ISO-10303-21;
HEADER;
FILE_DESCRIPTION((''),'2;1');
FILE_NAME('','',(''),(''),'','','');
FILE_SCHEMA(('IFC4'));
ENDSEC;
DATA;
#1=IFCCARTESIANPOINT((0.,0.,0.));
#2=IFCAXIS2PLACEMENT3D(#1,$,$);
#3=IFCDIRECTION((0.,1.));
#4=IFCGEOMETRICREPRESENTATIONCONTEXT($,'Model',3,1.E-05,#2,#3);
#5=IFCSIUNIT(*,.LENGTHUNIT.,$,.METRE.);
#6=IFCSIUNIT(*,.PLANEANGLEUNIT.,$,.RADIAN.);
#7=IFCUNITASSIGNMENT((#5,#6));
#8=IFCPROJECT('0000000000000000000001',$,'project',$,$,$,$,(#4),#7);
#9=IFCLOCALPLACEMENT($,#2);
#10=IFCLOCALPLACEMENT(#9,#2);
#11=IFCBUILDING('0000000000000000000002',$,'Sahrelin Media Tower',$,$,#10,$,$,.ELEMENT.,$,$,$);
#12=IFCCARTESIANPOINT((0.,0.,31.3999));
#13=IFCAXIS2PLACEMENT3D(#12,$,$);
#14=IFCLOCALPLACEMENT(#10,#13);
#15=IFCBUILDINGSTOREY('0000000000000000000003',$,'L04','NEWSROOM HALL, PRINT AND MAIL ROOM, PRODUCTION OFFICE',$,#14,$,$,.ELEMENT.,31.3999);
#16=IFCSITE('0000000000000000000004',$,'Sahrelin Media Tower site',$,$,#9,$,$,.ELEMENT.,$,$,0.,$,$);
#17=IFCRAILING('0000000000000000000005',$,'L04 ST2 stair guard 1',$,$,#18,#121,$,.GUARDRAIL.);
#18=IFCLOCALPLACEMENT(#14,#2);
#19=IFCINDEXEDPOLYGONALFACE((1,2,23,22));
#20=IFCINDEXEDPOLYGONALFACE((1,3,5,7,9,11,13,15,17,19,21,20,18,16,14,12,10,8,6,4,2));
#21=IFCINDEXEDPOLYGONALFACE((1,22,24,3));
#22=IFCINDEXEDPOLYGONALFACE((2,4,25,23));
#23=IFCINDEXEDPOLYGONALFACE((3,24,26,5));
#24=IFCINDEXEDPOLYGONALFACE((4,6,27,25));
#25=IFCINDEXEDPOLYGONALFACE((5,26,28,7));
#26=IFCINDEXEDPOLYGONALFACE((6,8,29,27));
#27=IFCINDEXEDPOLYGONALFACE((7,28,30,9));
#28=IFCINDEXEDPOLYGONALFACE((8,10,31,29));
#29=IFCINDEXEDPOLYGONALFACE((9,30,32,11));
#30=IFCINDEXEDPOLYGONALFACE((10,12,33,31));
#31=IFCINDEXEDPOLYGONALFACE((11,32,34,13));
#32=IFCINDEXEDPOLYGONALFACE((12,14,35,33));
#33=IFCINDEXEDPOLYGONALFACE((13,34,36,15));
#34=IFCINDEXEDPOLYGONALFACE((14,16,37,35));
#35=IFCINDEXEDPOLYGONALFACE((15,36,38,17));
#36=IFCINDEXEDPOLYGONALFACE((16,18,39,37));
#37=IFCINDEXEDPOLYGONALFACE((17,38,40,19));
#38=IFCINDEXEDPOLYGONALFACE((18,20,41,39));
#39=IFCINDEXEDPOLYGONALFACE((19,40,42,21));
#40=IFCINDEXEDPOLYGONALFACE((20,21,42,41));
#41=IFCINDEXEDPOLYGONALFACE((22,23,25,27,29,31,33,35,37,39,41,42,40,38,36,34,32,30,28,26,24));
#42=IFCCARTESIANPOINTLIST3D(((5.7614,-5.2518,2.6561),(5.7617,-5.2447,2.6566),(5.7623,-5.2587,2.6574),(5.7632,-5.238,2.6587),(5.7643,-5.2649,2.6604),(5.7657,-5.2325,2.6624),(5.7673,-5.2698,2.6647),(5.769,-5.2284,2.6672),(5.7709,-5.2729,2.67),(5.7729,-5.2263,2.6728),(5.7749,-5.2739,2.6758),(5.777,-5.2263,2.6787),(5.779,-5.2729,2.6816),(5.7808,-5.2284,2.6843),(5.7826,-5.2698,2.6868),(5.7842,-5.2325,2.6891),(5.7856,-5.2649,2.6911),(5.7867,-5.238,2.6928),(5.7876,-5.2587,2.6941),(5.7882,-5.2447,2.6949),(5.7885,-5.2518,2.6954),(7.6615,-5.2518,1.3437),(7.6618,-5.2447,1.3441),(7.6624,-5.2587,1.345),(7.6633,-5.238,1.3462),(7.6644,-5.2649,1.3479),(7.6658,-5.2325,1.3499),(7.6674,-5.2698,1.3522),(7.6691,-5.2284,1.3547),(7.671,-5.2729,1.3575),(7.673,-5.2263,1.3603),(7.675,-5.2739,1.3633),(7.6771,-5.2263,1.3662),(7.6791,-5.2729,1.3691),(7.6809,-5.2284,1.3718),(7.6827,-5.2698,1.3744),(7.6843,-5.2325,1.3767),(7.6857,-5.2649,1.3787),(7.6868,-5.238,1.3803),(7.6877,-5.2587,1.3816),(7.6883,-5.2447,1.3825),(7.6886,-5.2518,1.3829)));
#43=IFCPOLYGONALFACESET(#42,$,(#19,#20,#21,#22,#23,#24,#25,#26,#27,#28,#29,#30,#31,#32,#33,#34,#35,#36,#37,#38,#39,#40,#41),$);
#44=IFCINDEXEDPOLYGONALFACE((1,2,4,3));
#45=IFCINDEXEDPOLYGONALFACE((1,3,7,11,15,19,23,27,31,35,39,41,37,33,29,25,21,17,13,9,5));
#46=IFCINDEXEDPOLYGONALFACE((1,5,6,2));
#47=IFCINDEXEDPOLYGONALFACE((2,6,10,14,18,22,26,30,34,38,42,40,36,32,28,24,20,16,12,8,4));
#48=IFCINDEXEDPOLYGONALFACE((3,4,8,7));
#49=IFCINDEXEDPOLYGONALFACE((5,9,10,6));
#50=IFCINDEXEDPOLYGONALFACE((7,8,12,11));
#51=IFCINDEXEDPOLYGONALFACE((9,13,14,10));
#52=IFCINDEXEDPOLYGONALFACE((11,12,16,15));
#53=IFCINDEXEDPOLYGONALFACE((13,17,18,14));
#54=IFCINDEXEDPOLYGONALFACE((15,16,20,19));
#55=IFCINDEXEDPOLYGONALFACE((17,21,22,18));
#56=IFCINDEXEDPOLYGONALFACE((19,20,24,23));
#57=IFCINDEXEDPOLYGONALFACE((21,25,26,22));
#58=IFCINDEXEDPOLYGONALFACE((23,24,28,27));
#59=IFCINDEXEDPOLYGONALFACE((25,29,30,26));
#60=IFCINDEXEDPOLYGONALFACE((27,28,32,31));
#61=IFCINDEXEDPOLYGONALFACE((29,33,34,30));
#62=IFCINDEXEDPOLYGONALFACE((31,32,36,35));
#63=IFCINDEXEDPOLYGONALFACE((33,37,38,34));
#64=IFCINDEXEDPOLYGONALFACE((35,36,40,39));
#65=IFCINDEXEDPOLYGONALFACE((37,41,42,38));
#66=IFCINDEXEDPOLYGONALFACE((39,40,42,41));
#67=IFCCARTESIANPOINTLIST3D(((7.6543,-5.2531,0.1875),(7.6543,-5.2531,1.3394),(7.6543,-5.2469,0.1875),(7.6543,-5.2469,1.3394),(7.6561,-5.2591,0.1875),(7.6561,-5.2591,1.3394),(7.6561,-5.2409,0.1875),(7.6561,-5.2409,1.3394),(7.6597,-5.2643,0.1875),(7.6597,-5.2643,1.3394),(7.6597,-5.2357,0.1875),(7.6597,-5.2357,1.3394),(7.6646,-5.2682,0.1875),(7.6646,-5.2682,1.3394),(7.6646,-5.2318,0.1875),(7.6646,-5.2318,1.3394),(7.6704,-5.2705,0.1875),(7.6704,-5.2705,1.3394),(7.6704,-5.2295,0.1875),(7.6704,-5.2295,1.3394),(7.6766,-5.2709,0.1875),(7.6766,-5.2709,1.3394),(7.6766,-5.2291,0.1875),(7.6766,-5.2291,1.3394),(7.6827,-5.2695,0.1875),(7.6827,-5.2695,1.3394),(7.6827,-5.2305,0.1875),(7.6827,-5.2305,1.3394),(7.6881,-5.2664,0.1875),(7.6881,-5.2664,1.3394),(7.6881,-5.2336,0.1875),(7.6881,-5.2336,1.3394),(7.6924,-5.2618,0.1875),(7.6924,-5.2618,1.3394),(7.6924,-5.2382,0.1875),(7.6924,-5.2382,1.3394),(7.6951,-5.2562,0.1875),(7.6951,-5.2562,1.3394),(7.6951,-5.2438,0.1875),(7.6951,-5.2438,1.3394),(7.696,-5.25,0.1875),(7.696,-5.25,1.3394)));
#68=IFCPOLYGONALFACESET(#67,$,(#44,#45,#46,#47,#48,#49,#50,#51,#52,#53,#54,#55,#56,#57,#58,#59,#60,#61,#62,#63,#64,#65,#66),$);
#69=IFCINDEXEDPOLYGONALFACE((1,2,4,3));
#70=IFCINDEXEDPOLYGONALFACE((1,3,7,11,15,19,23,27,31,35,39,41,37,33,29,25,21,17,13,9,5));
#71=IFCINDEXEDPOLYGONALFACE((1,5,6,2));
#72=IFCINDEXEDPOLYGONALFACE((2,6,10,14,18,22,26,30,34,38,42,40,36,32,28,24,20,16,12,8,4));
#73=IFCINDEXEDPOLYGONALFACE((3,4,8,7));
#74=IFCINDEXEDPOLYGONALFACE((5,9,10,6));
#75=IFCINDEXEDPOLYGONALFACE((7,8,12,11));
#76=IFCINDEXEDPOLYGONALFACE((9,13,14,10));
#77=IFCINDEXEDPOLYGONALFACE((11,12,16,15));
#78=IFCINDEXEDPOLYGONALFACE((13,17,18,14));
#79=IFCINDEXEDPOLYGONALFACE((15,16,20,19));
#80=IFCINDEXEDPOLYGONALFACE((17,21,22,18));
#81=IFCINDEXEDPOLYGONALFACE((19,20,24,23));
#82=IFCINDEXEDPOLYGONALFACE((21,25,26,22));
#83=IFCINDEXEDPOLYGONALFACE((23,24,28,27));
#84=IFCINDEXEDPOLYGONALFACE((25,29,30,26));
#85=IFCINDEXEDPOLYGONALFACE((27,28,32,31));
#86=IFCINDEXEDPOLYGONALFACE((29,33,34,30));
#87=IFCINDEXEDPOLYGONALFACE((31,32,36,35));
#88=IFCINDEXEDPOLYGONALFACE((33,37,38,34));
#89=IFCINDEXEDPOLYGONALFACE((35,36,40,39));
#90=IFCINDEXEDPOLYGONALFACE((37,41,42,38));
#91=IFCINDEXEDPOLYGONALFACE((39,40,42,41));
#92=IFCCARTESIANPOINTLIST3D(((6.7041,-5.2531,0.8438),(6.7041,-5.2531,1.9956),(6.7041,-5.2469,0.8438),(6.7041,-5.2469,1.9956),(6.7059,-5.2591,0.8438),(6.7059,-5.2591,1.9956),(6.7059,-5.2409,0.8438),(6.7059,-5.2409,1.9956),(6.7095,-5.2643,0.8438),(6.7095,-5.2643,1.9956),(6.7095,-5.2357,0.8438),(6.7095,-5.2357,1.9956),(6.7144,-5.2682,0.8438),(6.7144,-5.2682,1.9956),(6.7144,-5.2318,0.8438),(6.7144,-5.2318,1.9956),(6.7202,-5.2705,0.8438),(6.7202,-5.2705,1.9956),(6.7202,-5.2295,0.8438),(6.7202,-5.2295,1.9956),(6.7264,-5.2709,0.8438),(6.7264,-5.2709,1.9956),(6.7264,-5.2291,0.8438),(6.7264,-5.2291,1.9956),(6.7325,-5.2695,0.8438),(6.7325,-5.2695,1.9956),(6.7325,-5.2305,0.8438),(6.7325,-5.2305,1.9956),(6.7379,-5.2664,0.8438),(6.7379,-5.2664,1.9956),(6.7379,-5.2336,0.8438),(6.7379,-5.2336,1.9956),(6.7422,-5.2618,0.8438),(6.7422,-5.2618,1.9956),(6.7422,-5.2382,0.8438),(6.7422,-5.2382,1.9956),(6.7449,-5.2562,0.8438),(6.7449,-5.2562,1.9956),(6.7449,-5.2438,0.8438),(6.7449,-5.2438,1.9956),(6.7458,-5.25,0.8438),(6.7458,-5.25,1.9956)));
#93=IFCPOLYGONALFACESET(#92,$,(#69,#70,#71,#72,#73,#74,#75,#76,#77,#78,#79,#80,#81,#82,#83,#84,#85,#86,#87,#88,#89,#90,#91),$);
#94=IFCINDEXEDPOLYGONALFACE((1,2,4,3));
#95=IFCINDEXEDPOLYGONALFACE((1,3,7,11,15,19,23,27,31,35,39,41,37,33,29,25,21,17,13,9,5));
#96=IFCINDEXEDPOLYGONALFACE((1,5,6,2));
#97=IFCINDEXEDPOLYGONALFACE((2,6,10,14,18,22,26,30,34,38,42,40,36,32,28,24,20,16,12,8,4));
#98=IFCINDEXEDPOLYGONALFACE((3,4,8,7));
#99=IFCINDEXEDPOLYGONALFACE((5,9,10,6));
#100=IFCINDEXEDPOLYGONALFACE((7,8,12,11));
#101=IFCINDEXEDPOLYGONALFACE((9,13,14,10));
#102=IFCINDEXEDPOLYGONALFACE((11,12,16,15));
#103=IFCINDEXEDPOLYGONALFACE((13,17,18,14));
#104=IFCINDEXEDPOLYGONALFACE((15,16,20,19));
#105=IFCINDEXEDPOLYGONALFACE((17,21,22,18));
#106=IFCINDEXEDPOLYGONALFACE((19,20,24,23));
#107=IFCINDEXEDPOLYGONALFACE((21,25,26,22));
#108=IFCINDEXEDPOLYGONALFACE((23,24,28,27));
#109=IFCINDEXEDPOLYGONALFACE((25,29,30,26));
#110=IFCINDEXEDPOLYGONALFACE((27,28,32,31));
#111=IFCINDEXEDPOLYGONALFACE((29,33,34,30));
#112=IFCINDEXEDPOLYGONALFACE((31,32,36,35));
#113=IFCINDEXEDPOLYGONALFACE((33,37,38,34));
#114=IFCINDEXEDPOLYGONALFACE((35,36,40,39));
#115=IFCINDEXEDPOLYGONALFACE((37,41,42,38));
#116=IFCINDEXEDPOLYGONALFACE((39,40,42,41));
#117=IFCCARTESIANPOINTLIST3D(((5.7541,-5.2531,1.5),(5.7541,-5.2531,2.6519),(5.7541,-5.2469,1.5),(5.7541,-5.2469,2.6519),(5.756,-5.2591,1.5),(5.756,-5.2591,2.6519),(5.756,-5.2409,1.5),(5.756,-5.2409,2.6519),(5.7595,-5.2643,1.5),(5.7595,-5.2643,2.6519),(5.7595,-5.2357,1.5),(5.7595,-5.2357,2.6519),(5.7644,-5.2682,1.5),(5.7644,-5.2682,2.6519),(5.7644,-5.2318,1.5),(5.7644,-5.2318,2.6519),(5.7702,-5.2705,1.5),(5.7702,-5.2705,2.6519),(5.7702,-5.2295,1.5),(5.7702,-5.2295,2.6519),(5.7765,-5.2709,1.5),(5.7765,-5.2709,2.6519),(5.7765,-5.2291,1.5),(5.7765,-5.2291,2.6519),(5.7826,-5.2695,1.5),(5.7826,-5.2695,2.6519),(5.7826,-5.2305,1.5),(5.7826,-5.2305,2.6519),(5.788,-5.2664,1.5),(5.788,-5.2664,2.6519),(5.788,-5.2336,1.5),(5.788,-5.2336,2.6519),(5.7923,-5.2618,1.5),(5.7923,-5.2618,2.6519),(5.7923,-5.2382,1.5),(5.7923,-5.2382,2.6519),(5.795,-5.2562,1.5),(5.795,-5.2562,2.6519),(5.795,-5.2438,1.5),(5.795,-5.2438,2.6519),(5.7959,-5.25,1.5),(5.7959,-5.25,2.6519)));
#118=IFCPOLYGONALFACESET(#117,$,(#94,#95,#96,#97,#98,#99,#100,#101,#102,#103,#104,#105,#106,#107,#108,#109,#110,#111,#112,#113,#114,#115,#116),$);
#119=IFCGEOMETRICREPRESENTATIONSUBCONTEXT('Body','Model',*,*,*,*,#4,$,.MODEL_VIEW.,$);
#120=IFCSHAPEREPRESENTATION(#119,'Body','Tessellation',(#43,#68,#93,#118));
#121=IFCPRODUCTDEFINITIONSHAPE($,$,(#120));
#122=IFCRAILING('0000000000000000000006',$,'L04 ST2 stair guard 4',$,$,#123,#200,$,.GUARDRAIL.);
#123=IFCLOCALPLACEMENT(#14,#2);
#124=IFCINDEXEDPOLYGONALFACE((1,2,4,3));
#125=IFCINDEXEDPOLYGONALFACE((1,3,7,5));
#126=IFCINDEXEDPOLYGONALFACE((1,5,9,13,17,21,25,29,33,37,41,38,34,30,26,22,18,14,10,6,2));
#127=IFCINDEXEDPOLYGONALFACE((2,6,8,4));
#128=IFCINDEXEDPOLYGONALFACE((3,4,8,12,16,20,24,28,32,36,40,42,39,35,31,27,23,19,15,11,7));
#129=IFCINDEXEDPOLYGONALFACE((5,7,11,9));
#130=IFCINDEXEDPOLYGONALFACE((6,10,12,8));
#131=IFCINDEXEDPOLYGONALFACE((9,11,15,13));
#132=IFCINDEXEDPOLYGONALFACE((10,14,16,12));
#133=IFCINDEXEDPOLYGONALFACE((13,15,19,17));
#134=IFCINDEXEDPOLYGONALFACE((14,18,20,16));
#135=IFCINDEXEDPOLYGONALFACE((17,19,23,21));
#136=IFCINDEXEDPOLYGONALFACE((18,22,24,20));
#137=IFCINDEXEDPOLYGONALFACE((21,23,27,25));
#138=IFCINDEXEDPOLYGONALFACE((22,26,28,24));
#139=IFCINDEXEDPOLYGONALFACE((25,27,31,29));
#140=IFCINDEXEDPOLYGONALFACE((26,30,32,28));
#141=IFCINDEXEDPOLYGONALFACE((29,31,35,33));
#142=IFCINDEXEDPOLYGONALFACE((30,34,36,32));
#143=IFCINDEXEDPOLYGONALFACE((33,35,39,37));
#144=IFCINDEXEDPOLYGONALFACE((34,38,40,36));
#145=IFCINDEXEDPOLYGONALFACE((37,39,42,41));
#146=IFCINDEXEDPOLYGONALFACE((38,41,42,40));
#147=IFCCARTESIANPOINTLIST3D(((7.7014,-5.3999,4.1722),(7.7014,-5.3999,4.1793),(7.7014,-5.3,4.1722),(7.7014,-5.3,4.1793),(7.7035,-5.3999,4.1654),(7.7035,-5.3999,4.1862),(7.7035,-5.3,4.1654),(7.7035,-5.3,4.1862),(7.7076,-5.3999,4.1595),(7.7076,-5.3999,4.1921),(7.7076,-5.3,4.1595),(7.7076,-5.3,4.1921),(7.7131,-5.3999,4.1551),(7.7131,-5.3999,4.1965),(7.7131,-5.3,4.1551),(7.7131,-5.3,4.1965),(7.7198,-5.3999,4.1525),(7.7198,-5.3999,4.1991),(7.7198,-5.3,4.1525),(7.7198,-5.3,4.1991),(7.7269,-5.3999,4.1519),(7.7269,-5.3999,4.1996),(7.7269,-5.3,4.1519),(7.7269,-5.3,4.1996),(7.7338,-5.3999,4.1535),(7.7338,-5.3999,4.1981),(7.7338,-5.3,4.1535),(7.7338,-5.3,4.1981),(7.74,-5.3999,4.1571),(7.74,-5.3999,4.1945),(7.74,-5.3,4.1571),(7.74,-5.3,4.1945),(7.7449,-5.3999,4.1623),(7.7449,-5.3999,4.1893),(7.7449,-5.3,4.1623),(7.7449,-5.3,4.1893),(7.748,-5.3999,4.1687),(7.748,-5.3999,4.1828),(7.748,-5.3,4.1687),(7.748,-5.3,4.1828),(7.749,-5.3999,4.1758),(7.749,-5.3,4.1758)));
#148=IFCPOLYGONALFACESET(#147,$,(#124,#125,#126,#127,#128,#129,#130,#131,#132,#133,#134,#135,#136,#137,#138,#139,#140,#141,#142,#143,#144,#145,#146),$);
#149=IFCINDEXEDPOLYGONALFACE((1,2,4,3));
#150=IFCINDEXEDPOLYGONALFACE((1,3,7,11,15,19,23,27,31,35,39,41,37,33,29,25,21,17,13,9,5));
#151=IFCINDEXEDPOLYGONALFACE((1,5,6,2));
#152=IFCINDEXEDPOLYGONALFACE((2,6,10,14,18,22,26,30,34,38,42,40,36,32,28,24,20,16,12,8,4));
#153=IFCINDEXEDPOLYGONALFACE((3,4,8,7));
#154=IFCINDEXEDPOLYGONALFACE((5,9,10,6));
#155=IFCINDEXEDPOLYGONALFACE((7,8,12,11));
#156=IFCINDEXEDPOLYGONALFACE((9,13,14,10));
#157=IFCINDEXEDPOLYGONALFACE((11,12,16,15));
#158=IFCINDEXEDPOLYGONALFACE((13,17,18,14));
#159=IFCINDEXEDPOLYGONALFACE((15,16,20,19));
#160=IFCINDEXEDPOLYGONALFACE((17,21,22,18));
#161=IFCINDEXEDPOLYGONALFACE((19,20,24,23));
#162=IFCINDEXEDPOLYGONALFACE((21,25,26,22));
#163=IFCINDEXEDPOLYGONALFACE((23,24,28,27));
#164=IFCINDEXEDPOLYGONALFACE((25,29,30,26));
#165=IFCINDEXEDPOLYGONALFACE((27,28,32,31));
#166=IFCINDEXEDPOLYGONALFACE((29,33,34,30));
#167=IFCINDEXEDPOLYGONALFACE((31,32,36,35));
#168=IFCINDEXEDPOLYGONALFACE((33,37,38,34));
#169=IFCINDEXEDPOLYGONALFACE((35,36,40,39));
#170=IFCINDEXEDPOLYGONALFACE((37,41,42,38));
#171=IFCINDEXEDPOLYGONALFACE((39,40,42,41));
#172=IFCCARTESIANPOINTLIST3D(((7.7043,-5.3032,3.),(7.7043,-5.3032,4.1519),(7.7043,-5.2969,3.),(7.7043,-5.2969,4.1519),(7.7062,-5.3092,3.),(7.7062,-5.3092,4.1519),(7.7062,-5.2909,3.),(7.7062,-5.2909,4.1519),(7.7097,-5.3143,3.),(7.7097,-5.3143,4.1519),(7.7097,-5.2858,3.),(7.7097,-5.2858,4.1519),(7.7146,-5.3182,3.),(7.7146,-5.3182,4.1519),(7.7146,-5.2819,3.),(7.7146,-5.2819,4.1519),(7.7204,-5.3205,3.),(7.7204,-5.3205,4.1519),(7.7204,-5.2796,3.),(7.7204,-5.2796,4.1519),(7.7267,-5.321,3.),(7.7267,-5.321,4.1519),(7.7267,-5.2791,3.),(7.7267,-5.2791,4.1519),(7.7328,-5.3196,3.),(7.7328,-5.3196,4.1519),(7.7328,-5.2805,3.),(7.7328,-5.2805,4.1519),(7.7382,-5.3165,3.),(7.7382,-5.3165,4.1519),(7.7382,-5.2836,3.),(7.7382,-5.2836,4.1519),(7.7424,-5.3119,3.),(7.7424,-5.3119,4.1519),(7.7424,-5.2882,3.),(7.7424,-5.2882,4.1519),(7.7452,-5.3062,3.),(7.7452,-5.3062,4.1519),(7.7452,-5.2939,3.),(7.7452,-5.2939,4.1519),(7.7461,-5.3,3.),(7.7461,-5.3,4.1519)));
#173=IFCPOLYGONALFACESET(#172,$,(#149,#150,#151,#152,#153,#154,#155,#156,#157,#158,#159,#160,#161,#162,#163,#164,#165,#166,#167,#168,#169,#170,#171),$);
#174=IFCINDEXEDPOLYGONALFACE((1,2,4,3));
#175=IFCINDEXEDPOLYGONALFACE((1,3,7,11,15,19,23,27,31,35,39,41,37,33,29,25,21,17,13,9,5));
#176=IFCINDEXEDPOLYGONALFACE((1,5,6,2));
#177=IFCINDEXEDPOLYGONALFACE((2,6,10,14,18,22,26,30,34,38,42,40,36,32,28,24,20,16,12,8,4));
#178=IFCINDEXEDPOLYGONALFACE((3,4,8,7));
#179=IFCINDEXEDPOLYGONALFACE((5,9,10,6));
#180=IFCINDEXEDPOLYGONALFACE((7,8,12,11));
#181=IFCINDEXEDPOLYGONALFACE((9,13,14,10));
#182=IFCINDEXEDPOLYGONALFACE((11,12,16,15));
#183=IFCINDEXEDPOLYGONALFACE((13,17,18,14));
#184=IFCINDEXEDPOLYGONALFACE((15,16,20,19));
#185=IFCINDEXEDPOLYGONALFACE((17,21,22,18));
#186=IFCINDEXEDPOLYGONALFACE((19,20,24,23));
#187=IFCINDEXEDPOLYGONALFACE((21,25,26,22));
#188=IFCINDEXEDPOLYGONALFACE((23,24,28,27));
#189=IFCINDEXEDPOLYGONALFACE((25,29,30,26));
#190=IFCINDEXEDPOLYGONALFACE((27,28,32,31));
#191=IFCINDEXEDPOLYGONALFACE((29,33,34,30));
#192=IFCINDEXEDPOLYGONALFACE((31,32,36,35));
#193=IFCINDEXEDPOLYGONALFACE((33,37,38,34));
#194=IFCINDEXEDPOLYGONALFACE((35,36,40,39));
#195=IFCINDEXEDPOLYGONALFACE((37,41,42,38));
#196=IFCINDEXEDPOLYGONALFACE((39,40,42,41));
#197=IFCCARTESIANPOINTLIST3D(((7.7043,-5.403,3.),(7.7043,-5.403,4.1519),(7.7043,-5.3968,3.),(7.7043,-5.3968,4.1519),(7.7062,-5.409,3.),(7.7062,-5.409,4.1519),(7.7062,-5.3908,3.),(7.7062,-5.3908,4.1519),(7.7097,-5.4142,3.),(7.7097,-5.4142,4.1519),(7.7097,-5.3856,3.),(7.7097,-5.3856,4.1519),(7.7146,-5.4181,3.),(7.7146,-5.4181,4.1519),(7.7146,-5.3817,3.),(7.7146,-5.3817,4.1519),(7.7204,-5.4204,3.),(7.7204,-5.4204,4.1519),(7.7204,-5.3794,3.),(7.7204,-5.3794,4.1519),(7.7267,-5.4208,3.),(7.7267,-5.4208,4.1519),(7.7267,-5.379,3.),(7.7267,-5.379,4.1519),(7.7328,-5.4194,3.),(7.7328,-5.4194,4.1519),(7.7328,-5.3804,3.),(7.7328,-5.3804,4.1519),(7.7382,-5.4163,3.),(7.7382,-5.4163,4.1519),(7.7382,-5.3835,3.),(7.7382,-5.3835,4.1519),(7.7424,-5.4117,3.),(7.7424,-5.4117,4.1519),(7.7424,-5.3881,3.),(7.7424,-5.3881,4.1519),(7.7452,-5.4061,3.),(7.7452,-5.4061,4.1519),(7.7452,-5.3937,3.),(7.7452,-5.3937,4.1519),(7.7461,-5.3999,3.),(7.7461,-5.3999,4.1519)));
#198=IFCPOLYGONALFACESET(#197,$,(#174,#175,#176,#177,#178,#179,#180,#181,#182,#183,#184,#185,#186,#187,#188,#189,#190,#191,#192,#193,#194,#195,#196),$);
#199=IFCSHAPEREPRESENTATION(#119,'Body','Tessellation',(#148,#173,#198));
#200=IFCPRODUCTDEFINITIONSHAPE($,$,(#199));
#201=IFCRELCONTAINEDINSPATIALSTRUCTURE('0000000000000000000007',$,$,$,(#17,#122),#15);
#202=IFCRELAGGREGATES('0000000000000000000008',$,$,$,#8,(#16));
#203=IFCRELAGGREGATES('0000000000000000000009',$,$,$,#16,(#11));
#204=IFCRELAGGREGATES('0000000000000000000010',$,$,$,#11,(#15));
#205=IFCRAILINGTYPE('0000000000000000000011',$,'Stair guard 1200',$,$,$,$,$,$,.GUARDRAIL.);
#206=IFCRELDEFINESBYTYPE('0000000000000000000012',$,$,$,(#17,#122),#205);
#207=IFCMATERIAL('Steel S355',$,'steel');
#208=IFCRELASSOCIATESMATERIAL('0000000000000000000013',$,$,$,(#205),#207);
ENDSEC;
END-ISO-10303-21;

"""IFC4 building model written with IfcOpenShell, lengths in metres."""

from ifc_helpers import new_model, si_unit, direction, frame, origin, origin_2d, place, context, subcontext, project, spatial, circle, extrude, material, type_object, element, save


model = new_model("IFC4")

# Units and contexts
model_context = context("Model", 3, precision=1e-05, world=origin(), true_north=direction((0.0, 1.0)))
body_context = subcontext(model_context, "Body", "Model", "MODEL_VIEW")
ifc_project = project(units=[si_unit("LENGTHUNIT", "METRE"), si_unit("PLANEANGLEUNIT", "RADIAN")], contexts=[model_context])

# Site, building, storey
site_placement = place(None, origin())
site = spatial("IfcSite", under=ifc_project, at=site_placement, Name="Sahrelin Media Tower site", CompositionType="ELEMENT", RefElevation=0.0)
building_placement = place(site_placement, origin())
building = spatial("IfcBuilding", under=site, at=building_placement, Name="Sahrelin Media Tower", CompositionType="ELEMENT")
storey_placement = place(building_placement, frame((0.0, 0.0, 31.3999)))
storey = spatial("IfcBuildingStorey", under=building, at=storey_placement, Name="L04", Description="NEWSROOM HALL, PRINT AND MAIL ROOM, PRODUCTION OFFICE", CompositionType="ELEMENT", Elevation=31.3999)

# Shared definitions
ifc_material_1 = material(Name="Steel S355", Category="steel")

# Railings
railing_type_1 = type_object("IfcRailingType", Name="Stair guard 1200", PredefinedType="GUARDRAIL", material=ifc_material_1)
railing_1_placement = place(storey_placement, frame((7.675, -5.25, 0.1875)))
element("IfcRailing", 1, at=railing_1_placement, inside=storey, type_object=railing_type_1, Name="L04 ST2 stair guard 1", PredefinedType="GUARDRAIL", context=body_context, shape_type="SweptSolid", body=[
    extrude(circle(Radius=0.0239, at=origin_2d()), frame((0.0, 0.0, 1.1758), z_axis=(-0.822797, 0.0, 0.568336), x_axis=(0.0, -1.0, 0.0)), (0.0, 0.0, 1.0), 2.3093),
    extrude(circle(Radius=0.021, at=origin_2d()), origin(), (0.0, 0.0, 1.0), 1.1519),
    extrude(circle(Radius=0.021, at=origin_2d()), frame((-0.9502, 0.0, 0.6562)), (0.0, 0.0, 1.0), 1.1519),
    extrude(circle(Radius=0.021, at=origin_2d()), frame((-1.9001, 0.0, 1.3125)), (0.0, 0.0, 1.0), 1.1519),
])
railing_2_placement = place(storey_placement, frame((7.7251, -5.3, 3.0)))
element("IfcRailing", 2, at=railing_2_placement, inside=storey, type_object=railing_type_1, Name="L04 ST2 stair guard 4", PredefinedType="GUARDRAIL", context=body_context, shape_type="SweptSolid", body=[
    extrude(circle(Radius=0.0239, at=origin_2d()), frame((0.0, 0.0, 1.1758), z_axis=(0.0, -1.0, 0.0), x_axis=(1.0, 0.0, 0.0)), (0.0, 0.0, 1.0), 0.0999),
    extrude(circle(Radius=0.021, at=origin_2d()), origin(), (0.0, 0.0, 1.0), 1.1519),
    extrude(circle(Radius=0.021, at=origin_2d()), frame((0.0, -0.0999, 0.0)), (0.0, 0.0, 1.0), 1.1519),
])

save(model, "model.ifc")
